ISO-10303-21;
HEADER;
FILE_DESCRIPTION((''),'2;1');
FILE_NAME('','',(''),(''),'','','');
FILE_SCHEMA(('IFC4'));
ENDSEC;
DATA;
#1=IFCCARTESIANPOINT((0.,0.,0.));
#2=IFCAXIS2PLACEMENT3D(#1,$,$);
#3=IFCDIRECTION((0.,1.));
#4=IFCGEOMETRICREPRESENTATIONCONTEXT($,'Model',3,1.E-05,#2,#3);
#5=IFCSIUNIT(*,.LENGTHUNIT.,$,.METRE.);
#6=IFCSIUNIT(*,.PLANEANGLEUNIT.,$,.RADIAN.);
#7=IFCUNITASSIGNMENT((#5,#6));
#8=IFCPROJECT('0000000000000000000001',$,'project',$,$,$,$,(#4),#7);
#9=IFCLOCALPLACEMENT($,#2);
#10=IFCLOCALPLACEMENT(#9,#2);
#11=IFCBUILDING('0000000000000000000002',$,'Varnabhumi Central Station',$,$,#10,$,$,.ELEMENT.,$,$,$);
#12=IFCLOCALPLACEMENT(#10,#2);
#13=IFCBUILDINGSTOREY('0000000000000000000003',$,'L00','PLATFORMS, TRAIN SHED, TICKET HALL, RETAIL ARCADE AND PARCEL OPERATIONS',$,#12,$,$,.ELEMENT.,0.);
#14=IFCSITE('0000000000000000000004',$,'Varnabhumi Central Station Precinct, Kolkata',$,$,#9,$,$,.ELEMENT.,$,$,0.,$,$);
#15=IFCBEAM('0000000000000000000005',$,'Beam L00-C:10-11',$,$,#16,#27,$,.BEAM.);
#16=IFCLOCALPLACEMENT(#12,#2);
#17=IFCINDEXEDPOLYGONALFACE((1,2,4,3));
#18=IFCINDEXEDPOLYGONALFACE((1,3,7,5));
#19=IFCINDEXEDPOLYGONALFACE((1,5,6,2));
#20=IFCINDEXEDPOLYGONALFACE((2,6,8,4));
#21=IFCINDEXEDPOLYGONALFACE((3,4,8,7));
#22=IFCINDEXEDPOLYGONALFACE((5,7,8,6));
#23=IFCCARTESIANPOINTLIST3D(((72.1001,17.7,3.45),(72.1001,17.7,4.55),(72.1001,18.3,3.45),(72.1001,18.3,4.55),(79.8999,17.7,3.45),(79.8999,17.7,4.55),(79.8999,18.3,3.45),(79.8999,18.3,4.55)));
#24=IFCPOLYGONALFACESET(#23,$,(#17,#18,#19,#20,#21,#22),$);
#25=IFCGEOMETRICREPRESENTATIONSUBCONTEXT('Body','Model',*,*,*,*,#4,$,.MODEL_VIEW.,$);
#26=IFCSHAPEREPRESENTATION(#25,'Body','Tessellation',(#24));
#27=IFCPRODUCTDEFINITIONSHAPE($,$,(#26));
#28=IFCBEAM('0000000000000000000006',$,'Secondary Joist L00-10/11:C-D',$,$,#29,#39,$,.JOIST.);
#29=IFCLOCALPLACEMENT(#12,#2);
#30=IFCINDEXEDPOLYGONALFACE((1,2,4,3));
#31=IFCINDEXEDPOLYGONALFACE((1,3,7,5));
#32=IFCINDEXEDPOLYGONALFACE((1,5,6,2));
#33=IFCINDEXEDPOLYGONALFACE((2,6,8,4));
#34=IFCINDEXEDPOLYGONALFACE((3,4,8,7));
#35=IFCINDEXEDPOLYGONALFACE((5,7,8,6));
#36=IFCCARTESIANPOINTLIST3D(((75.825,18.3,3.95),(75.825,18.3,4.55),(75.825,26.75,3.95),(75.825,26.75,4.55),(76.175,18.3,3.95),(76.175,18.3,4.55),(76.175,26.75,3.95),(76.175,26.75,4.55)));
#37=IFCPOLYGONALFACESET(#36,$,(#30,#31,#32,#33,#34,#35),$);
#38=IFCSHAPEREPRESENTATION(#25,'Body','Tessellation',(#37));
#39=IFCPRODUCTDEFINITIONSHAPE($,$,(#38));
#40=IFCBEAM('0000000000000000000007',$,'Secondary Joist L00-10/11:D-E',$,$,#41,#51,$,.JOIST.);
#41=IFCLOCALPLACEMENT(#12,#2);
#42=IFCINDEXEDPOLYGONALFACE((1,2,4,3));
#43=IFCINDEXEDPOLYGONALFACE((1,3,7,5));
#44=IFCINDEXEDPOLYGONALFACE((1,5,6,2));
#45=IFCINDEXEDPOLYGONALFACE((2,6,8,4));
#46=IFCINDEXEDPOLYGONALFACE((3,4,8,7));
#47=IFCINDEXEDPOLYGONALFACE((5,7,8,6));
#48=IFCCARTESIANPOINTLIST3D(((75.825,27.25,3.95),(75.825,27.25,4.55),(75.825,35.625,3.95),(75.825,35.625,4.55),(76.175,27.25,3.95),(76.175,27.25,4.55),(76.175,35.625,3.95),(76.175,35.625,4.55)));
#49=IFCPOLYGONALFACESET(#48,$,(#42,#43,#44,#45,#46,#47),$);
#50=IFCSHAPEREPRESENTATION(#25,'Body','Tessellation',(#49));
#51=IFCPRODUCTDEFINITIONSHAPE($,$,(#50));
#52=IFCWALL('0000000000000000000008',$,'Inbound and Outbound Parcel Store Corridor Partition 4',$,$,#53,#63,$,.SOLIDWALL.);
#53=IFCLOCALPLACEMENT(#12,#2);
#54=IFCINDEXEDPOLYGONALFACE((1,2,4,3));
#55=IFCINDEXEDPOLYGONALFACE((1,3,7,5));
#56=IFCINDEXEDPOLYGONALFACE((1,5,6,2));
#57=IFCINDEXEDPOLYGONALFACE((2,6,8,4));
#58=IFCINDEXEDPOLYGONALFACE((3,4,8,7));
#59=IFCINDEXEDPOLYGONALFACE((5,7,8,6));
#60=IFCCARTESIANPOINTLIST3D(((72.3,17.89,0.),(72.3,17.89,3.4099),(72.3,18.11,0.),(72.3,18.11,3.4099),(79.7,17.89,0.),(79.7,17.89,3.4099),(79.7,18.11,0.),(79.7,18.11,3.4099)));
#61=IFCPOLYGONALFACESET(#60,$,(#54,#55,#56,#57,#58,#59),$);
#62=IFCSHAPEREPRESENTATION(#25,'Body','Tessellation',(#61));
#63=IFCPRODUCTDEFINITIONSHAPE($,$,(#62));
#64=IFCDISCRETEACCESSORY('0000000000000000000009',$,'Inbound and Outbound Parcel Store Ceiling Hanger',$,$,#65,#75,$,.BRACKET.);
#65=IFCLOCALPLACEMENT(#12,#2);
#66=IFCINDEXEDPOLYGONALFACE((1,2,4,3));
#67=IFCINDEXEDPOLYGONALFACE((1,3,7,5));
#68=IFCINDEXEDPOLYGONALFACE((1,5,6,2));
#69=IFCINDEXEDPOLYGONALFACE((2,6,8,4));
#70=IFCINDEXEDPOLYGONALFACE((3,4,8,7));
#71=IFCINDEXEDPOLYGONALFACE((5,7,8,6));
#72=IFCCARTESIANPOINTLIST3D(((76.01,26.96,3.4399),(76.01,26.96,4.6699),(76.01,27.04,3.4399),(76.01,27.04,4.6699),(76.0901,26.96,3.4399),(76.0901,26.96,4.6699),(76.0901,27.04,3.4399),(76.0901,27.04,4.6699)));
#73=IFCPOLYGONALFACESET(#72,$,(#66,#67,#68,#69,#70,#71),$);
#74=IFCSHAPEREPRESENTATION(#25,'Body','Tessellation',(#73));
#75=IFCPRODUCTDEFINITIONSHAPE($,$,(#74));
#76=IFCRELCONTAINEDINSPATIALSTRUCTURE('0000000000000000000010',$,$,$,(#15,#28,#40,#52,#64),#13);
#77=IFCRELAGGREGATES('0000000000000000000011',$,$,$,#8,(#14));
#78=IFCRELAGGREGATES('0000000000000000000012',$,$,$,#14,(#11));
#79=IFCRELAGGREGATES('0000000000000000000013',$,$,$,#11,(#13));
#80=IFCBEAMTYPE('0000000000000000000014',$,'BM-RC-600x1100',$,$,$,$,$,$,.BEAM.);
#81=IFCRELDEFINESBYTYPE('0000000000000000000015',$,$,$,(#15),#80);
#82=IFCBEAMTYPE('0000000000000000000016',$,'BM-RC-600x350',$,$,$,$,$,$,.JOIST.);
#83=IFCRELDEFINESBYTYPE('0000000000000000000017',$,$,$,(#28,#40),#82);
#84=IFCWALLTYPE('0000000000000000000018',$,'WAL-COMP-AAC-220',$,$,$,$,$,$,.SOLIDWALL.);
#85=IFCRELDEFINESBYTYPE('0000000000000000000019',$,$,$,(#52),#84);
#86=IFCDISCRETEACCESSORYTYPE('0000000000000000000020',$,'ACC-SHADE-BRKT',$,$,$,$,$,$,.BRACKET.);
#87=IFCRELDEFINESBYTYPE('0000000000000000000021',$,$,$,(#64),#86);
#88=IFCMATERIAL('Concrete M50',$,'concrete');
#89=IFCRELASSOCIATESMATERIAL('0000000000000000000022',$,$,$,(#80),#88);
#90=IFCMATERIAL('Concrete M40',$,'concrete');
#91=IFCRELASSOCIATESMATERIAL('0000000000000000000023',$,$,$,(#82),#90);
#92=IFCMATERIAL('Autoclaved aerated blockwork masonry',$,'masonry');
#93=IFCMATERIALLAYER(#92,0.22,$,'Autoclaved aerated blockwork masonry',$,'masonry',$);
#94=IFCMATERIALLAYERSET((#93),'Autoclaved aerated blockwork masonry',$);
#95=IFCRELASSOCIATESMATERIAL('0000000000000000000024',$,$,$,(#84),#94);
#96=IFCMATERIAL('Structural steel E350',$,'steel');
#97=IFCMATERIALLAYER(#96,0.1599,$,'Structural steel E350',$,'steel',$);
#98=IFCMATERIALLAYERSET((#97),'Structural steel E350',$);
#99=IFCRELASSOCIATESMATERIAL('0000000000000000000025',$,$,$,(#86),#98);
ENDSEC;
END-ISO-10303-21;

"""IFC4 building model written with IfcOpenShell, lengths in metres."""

from ifc_helpers import new_model, si_unit, direction, frame, frame_2d, origin, origin_2d, place, context, subcontext, project, spatial, rectangle, extrude, material, layer, layer_set, material_profile, profile_set, type_object, element, save


model = new_model("IFC4")

# Units and contexts
model_context = context("Model", 3, precision=1e-05, world=origin(), true_north=direction((0.0, 1.0)))
body_context = subcontext(model_context, "Body", "Model", "MODEL_VIEW")
ifc_project = project(units=[si_unit("LENGTHUNIT", "METRE"), si_unit("PLANEANGLEUNIT", "RADIAN")], contexts=[model_context])

# Site, building, storey
site_placement = place(None, origin())
site = spatial("IfcSite", under=ifc_project, at=site_placement, Name="Varnabhumi Central Station Precinct, Kolkata", CompositionType="ELEMENT", RefElevation=0.0)
building_placement = place(site_placement, origin())
building = spatial("IfcBuilding", under=site, at=building_placement, Name="Varnabhumi Central Station", CompositionType="ELEMENT")
storey_placement = place(building_placement, origin())
storey = spatial("IfcBuildingStorey", under=building, at=storey_placement, Name="L00", Description="PLATFORMS, TRAIN SHED, TICKET HALL, RETAIL ARCADE AND PARCEL OPERATIONS", CompositionType="ELEMENT", Elevation=0.0)

# Shared definitions
ifc_material_1 = material(Name="Concrete M40", Category="concrete")

# Beams
ifc_material_2 = material(Name="Concrete M50", Category="concrete")
ifc_material_profile_1 = material_profile(ifc_material_2, rectangle(XDim=0.6001, YDim=1.1001, at=origin_2d()), Name="Concrete M50", Category="concrete")
ifc_profile_set_1 = profile_set([ifc_material_profile_1], Name="Concrete M50")
beam_type_1 = type_object("IfcBeamType", Name="BM-RC-600x1100", PredefinedType="BEAM", material=ifc_profile_set_1)
beam_1_placement = place(storey_placement, frame((72.1001, 18.0, 4.0), z_axis=(1.0, 0.0, 0.0), x_axis=(0.0, 1.0, 0.0)))
element("IfcBeam", 1, at=beam_1_placement, inside=storey, type_object=beam_type_1, Name="Beam L00-C:10-11", PredefinedType="BEAM", context=body_context, shape_type="SweptSolid", body=[
    extrude(rectangle(XDim=0.6001, YDim=1.1001, at=origin_2d()), origin(), (0.0, 0.0, 1.0), 7.7998),
])
ifc_material_profile_2 = material_profile(ifc_material_1, rectangle(XDim=0.3501, YDim=0.6001, at=origin_2d()), Name="Concrete M40", Category="concrete")
ifc_profile_set_2 = profile_set([ifc_material_profile_2], Name="Concrete M40")
beam_type_2 = type_object("IfcBeamType", Name="BM-RC-600x350", PredefinedType="JOIST", material=ifc_profile_set_2)
beam_2_placement = place(storey_placement, frame((76.0, 18.3, 4.25), z_axis=(0.0, 1.0, 0.0), x_axis=(-1.0, 0.0, 0.0)))
element("IfcBeam", 2, at=beam_2_placement, inside=storey, type_object=beam_type_2, Name="Secondary Joist L00-10/11:C-D", PredefinedType="JOIST", context=body_context, shape_type="SweptSolid", body=[
    extrude(rectangle(XDim=0.3501, YDim=0.6001, at=origin_2d()), origin(), (0.0, 0.0, 1.0), 8.45),
])
beam_3_placement = place(storey_placement, frame((76.0, 27.25, 4.25), z_axis=(0.0, 1.0, 0.0), x_axis=(-1.0, 0.0, 0.0)))
element("IfcBeam", 3, at=beam_3_placement, inside=storey, type_object=beam_type_2, Name="Secondary Joist L00-10/11:D-E", PredefinedType="JOIST", context=body_context, shape_type="SweptSolid", body=[
    extrude(rectangle(XDim=0.3501, YDim=0.6001, at=origin_2d()), origin(), (0.0, 0.0, 1.0), 8.375),
])

# Wall
ifc_material_3 = material(Name="Autoclaved aerated blockwork masonry", Category="masonry")
ifc_layer_1 = layer(ifc_material_3, 0.22, Name="Autoclaved aerated blockwork masonry", Category="masonry")
ifc_layer_set_1 = layer_set([ifc_layer_1], Name="Autoclaved aerated blockwork masonry")
wall_type = type_object("IfcWallType", Name="WAL-COMP-AAC-220", PredefinedType="SOLIDWALL", material=ifc_layer_set_1)
wall_placement = place(storey_placement, frame((72.3, 18.0, 0.0), z_axis=(0.0, 0.0, 1.0), x_axis=(1.0, 0.0, 0.0)))
element("IfcWall", 4, at=wall_placement, inside=storey, type_object=wall_type, Name="Inbound and Outbound Parcel Store Corridor Partition 4", PredefinedType="SOLIDWALL", context=body_context, shape_type="SweptSolid", body=[
    extrude(rectangle(XDim=7.3999, YDim=0.22, at=frame_2d((3.7, 0.0))), origin(), (0.0, 0.0, 1.0), 3.4099),
])

# Discrete accessory
ifc_material_4 = material(Name="Structural steel E350", Category="steel")
ifc_layer_2 = layer(ifc_material_4, 0.1599, Name="Structural steel E350", Category="steel")
ifc_layer_set_2 = layer_set([ifc_layer_2], Name="Structural steel E350")
discrete_accessory_type = type_object("IfcDiscreteAccessoryType", Name="ACC-SHADE-BRKT", PredefinedType="BRACKET", material=ifc_layer_set_2)
discrete_accessory_placement = place(storey_placement, frame((76.05, 27.0, 3.4399), z_axis=(0.0, 0.0, 1.0), x_axis=(1.0, 0.0, 0.0)))
element("IfcDiscreteAccessory", 5, at=discrete_accessory_placement, inside=storey, type_object=discrete_accessory_type, Name="Inbound and Outbound Parcel Store Ceiling Hanger", PredefinedType="BRACKET", context=body_context, shape_type="SweptSolid", body=[
    extrude(rectangle(XDim=0.0801, YDim=0.0801, at=origin_2d()), origin(), (0.0, 0.0, 1.0), 1.23),
])

save(model, "model.ifc")
